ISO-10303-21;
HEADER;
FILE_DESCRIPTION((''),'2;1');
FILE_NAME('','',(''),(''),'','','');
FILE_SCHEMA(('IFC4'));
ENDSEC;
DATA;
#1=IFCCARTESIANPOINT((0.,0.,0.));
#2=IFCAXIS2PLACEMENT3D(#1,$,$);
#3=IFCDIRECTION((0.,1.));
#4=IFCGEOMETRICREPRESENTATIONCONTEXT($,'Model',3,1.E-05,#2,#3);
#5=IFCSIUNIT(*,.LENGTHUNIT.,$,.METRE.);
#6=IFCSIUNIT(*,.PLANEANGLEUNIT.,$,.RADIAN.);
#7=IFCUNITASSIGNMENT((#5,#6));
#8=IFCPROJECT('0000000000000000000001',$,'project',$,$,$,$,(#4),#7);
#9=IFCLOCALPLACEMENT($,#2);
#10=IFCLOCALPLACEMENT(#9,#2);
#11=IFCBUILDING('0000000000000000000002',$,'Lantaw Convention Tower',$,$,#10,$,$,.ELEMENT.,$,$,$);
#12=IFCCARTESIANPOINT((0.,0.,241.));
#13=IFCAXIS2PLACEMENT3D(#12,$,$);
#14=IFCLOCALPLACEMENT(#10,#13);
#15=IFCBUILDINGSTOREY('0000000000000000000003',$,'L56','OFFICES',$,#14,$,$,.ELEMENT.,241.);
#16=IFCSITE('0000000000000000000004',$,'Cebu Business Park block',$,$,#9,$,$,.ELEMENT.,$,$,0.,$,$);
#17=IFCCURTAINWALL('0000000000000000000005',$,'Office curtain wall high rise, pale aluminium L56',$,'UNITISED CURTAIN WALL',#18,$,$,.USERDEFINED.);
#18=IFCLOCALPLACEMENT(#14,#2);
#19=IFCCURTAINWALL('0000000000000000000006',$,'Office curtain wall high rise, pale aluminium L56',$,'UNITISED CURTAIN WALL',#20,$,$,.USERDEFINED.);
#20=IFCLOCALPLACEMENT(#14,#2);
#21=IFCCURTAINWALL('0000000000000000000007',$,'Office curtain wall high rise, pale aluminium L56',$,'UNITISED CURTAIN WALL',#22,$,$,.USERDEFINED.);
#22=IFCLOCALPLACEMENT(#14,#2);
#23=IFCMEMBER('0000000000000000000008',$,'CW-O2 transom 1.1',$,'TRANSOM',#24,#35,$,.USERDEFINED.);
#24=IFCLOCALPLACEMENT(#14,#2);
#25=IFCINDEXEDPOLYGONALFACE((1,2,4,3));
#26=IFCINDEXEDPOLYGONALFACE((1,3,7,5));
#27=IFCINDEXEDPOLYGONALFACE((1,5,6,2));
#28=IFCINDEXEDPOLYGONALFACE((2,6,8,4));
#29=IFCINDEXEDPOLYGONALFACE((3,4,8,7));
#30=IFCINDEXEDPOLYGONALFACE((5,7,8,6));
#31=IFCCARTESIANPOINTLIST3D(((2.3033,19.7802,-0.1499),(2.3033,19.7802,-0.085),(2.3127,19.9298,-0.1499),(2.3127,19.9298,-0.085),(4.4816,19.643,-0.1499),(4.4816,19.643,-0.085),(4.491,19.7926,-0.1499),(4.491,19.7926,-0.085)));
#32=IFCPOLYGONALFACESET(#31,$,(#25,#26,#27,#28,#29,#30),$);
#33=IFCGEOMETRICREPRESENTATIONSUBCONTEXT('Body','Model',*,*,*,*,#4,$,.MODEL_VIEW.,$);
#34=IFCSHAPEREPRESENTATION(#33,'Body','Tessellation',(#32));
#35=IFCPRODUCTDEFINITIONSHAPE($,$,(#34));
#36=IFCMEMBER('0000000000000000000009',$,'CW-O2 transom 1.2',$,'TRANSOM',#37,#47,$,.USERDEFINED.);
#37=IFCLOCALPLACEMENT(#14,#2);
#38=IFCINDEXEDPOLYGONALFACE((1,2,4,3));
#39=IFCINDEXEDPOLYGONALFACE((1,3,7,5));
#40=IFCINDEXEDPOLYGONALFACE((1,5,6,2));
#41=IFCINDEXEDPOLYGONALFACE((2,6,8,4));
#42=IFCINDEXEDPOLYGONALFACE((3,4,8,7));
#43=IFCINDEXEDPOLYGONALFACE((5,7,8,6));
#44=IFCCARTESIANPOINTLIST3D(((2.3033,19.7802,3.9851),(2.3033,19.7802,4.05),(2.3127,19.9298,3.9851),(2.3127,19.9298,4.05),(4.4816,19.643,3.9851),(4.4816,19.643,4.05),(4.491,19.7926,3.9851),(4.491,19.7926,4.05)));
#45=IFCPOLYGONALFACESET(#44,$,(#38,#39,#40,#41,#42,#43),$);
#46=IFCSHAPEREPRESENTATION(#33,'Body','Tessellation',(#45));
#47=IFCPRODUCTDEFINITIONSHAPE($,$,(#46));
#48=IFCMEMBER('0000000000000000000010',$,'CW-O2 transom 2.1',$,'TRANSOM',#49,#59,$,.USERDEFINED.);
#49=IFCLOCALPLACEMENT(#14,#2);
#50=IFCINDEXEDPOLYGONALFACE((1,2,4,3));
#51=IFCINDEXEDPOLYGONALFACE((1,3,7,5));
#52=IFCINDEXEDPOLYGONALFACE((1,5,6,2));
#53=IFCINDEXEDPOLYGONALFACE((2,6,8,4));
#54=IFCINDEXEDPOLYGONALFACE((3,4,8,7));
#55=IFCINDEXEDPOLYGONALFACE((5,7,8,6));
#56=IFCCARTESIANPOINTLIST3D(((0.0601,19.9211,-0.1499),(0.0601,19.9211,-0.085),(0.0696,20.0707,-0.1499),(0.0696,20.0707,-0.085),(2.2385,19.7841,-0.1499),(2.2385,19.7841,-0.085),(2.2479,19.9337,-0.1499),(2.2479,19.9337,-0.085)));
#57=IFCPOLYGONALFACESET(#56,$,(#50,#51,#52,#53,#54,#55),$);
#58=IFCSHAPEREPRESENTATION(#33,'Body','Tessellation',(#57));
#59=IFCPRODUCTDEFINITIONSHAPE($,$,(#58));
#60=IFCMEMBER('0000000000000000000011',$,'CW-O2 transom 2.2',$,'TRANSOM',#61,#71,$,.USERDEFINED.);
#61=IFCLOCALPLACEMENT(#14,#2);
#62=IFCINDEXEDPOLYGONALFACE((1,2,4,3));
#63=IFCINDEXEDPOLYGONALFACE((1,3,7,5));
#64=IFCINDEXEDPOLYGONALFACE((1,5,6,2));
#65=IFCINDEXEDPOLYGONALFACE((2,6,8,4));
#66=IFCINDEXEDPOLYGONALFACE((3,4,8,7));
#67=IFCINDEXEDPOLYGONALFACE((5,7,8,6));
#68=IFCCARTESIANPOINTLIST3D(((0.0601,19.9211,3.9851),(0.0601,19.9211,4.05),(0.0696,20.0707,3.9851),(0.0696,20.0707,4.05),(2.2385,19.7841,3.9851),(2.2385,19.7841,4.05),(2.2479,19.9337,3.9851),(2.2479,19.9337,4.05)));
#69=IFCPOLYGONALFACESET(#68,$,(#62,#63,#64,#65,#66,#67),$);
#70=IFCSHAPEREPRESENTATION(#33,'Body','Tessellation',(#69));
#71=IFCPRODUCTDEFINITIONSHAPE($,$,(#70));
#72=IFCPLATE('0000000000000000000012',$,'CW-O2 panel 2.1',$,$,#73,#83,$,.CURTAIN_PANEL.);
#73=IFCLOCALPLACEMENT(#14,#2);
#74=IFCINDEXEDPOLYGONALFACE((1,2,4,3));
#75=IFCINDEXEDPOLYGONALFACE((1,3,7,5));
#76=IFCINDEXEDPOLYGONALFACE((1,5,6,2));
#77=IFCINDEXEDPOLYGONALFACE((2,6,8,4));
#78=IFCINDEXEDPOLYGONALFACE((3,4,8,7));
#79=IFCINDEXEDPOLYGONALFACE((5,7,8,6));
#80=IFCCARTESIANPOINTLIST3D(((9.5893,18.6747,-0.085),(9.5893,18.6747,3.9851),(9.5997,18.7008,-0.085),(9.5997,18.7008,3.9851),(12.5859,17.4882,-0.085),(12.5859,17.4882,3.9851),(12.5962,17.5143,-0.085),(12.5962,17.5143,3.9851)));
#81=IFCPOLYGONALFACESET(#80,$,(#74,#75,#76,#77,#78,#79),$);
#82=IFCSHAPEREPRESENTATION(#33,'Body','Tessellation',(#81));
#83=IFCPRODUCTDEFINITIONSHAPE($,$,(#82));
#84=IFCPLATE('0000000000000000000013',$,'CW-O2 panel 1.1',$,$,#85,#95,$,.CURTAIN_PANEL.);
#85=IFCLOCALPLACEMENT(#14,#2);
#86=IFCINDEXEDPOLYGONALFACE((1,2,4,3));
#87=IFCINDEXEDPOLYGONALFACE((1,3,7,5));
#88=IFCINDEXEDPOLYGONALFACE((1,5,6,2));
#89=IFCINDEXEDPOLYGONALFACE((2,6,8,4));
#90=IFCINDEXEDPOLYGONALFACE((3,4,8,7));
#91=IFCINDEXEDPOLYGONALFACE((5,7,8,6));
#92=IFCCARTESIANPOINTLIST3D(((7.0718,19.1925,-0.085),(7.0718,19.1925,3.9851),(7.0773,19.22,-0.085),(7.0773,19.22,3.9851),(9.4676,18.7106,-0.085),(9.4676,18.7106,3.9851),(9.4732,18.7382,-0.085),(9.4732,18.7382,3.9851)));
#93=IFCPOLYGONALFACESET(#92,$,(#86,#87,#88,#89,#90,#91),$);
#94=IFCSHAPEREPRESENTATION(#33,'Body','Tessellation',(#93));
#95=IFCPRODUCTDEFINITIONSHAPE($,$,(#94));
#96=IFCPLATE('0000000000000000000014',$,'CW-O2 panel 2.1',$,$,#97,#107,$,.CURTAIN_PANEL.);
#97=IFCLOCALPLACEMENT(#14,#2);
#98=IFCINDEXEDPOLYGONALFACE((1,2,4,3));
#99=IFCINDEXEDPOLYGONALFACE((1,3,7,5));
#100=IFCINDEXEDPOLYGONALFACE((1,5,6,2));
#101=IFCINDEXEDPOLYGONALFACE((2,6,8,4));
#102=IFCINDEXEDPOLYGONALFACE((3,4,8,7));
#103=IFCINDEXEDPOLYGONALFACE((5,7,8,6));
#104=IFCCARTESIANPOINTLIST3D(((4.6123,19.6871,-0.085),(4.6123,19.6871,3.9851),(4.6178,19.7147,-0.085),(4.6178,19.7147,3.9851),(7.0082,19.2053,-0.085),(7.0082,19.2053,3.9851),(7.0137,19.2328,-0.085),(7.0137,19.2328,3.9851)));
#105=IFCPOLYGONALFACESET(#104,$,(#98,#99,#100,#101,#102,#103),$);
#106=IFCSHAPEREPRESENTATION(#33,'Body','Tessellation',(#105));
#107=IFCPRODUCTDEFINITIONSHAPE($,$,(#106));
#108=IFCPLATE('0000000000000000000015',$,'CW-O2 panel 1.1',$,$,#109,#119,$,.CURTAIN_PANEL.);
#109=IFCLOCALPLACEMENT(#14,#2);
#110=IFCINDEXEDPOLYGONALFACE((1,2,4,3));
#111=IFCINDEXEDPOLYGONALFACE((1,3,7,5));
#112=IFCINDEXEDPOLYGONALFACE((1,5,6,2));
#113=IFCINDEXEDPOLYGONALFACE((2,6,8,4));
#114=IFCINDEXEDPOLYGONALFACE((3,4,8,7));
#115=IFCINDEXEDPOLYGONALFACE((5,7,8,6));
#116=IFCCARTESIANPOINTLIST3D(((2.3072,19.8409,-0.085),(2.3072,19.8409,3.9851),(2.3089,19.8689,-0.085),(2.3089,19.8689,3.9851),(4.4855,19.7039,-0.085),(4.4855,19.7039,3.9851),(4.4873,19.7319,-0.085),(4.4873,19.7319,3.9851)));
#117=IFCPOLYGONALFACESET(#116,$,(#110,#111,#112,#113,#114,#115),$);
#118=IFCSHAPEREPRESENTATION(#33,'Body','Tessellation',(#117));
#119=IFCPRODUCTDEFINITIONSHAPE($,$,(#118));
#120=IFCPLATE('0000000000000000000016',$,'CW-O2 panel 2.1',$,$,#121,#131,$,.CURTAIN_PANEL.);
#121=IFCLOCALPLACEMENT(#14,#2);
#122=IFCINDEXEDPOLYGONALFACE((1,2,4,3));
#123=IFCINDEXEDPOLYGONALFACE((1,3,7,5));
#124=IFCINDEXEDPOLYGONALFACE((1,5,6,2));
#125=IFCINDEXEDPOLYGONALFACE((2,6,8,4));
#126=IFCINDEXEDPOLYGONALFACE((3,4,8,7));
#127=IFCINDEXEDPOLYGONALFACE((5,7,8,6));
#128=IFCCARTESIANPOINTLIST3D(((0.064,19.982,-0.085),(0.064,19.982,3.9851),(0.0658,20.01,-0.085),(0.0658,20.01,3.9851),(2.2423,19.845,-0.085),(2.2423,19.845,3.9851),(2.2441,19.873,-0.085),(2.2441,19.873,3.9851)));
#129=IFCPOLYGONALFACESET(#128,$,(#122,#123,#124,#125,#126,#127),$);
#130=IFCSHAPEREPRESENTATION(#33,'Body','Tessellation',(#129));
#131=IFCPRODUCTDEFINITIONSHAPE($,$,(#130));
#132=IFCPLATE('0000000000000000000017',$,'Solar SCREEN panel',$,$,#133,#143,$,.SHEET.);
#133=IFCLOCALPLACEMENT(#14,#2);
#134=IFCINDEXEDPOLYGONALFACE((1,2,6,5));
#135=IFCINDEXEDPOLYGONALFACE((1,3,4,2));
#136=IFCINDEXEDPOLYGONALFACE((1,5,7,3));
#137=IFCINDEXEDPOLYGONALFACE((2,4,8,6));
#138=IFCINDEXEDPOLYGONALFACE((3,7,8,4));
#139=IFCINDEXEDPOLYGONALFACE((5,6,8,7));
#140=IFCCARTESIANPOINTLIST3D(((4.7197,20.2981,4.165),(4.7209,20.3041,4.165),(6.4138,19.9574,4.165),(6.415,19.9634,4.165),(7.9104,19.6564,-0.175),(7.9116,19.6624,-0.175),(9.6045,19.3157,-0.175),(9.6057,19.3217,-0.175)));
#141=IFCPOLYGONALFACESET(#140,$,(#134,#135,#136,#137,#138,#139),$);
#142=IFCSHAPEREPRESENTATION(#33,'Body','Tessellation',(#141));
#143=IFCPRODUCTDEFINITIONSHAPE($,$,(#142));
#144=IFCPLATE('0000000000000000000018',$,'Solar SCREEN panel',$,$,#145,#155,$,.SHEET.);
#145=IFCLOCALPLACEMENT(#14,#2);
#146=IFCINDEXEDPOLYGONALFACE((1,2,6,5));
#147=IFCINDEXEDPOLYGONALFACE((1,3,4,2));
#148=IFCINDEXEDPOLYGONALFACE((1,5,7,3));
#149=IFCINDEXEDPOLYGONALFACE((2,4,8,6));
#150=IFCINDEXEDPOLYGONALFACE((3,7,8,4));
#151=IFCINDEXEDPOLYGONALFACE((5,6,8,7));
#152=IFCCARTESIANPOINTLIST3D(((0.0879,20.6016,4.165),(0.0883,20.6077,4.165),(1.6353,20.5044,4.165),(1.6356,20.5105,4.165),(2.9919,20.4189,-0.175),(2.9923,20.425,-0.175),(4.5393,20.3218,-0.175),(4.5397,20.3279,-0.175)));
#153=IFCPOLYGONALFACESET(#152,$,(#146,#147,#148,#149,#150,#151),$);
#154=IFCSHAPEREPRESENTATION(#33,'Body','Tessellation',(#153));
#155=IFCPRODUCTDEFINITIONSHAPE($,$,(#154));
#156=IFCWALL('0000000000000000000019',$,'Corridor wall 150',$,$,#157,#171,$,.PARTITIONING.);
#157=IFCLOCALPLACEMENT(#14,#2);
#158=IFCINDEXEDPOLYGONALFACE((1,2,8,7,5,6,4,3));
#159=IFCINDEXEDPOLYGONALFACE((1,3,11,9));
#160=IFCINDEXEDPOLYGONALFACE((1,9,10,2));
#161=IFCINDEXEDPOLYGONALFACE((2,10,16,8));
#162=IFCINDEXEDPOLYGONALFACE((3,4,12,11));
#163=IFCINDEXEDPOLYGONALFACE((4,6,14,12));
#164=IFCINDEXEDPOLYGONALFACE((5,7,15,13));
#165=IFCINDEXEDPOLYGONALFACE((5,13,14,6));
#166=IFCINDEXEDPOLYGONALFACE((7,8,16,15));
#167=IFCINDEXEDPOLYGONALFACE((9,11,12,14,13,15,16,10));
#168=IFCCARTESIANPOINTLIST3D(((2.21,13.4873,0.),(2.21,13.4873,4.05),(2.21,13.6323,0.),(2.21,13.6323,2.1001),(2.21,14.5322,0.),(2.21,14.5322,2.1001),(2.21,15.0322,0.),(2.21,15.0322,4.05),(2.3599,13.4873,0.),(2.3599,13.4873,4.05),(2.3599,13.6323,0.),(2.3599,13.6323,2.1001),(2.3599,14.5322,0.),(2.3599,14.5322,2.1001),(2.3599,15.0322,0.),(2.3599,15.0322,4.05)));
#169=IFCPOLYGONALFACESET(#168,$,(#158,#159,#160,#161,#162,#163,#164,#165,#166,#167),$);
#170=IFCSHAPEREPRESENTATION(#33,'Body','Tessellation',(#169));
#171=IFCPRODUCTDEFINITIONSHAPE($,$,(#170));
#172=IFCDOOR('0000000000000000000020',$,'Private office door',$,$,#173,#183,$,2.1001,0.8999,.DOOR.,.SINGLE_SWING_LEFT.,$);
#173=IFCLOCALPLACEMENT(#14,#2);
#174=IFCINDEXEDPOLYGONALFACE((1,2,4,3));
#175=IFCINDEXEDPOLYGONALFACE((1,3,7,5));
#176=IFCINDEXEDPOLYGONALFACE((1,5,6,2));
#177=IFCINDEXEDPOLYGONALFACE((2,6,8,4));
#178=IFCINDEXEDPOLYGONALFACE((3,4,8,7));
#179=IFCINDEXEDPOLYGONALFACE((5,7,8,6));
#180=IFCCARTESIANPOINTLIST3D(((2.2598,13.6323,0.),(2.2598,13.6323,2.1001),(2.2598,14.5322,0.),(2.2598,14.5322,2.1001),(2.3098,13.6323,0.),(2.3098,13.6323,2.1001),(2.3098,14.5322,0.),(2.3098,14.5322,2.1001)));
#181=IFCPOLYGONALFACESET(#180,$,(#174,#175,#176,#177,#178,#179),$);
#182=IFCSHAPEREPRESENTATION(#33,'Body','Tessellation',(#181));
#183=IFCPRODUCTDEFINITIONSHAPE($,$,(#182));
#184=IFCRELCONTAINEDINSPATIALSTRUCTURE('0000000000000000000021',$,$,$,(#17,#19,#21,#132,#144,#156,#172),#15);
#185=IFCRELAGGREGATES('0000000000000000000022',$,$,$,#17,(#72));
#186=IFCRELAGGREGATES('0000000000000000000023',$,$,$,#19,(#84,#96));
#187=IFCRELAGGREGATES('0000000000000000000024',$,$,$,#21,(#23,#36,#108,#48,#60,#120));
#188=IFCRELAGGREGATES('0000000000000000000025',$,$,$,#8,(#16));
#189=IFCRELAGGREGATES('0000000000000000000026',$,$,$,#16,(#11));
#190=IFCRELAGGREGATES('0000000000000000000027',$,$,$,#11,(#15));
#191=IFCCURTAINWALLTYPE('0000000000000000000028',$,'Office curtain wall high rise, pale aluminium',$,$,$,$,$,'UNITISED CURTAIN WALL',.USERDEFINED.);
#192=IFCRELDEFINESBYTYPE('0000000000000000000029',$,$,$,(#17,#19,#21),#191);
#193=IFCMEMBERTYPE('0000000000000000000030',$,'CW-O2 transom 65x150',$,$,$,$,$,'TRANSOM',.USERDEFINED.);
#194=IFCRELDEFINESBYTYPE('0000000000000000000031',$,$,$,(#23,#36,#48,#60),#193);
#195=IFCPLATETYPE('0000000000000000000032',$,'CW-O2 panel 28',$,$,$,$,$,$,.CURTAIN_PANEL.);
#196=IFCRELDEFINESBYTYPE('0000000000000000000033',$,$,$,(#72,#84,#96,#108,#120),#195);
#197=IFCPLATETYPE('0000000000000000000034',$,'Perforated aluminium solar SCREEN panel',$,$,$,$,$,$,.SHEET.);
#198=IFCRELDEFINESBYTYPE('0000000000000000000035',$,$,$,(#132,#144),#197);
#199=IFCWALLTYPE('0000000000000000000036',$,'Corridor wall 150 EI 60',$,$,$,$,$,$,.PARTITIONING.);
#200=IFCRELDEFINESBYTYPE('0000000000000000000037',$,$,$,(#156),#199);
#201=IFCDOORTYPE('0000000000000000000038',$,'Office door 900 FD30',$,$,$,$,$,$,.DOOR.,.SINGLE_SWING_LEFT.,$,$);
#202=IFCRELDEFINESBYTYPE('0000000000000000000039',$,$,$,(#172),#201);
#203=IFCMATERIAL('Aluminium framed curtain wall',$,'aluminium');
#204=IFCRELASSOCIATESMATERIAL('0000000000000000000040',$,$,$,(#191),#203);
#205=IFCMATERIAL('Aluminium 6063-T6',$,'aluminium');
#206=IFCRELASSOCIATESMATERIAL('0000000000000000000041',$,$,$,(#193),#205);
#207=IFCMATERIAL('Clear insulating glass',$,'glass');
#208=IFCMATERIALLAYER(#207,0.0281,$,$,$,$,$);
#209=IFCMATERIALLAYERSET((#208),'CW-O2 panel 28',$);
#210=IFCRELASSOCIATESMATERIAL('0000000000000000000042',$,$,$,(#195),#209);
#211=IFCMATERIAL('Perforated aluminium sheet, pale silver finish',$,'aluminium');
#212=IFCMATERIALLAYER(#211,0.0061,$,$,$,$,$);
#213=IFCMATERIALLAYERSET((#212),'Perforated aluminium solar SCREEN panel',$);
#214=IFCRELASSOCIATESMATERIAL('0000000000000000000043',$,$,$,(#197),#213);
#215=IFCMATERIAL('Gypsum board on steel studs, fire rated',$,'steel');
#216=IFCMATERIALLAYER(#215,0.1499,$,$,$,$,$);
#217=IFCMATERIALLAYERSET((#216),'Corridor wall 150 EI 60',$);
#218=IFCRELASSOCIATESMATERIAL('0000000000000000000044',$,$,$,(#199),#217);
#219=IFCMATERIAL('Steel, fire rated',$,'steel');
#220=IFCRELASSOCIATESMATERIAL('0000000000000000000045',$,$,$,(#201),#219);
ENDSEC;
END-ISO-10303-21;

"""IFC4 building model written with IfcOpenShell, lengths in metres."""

from ifc_helpers import new_model, si_unit, direction, frame, frame_2d, origin, origin_2d, place, context, subcontext, project, spatial, polyline, rectangle, outline, extrude, material, layer, layer_set, material_profile, profile_set, type_object, element, fill, aggregate, save


model = new_model("IFC4")

# Units and contexts
model_context = context("Model", 3, precision=1e-05, world=origin(), true_north=direction((0.0, 1.0)))
body_context = subcontext(model_context, "Body", "Model", "MODEL_VIEW")
ifc_project = project(units=[si_unit("LENGTHUNIT", "METRE"), si_unit("PLANEANGLEUNIT", "RADIAN")], contexts=[model_context])

# Site, building, storey
site_placement = place(None, origin())
site = spatial("IfcSite", under=ifc_project, at=site_placement, Name="Cebu Business Park block", CompositionType="ELEMENT", RefElevation=0.0)
building_placement = place(site_placement, origin())
building = spatial("IfcBuilding", under=site, at=building_placement, Name="Lantaw Convention Tower", CompositionType="ELEMENT")
storey_placement = place(building_placement, frame((0.0, 0.0, 241.0)))
storey = spatial("IfcBuildingStorey", under=building, at=storey_placement, Name="L56", Description="OFFICES", CompositionType="ELEMENT", Elevation=241.0)

# Curtain walls
ifc_material_1 = material(Name="Aluminium framed curtain wall", Category="aluminium")
curtain_wall_type = type_object("IfcCurtainWallType", Name="Office curtain wall high rise, pale aluminium", ElementType="UNITISED CURTAIN WALL", PredefinedType="USERDEFINED", material=ifc_material_1)
curtain_wall_1_placement = place(storey_placement, origin())
curtain_wall_1 = element("IfcCurtainWall", 1, at=curtain_wall_1_placement, inside=storey, type_object=curtain_wall_type, Name="Office curtain wall high rise, pale aluminium L56", ObjectType="UNITISED CURTAIN WALL", PredefinedType="USERDEFINED")
ifc_material_2 = material(Name="Aluminium 6063-T6", Category="aluminium")
curtain_wall_2_placement = place(storey_placement, origin())
curtain_wall_2 = element("IfcCurtainWall", 2, at=curtain_wall_2_placement, inside=storey, type_object=curtain_wall_type, Name="Office curtain wall high rise, pale aluminium L56", ObjectType="UNITISED CURTAIN WALL", PredefinedType="USERDEFINED")
curtain_wall_3_placement = place(storey_placement, origin())
curtain_wall_3 = element("IfcCurtainWall", 3, at=curtain_wall_3_placement, inside=storey, type_object=curtain_wall_type, Name="Office curtain wall high rise, pale aluminium L56", ObjectType="UNITISED CURTAIN WALL", PredefinedType="USERDEFINED")

# Members
ifc_material_profile_1 = material_profile(ifc_material_2, rectangle(XDim=0.1499, YDim=0.0649, at=origin_2d()), Name="CW-O2 transom 65x150")
ifc_profile_set_1 = profile_set([ifc_material_profile_1], Name="Aluminium 6063-T6")
member_type_1 = type_object("IfcMemberType", Name="CW-O2 transom 65x150", ElementType="TRANSOM", PredefinedType="USERDEFINED", material=ifc_profile_set_1)
member_1_placement = place(storey_placement, frame((4.4863, 19.7178, -0.1174), z_axis=(-0.998022, 0.062866, 0.0), x_axis=(-0.062866, -0.998022, 0.0)))
member_1 = element("IfcMember", 4, at=member_1_placement, type_object=member_type_1, Name="CW-O2 transom 1.1", ObjectType="TRANSOM", PredefinedType="USERDEFINED", context=body_context, shape_type="SweptSolid", body=[
    extrude(rectangle(XDim=0.1499, YDim=0.0649, at=origin_2d()), origin(), (0.0, 0.0, 1.0), 2.1826),
])
member_2_placement = place(storey_placement, frame((4.4863, 19.7178, 4.0176), z_axis=(-0.998022, 0.062866, 0.0), x_axis=(-0.062866, -0.998022, 0.0)))
member_2 = element("IfcMember", 5, at=member_2_placement, type_object=member_type_1, Name="CW-O2 transom 1.2", ObjectType="TRANSOM", PredefinedType="USERDEFINED", context=body_context, shape_type="SweptSolid", body=[
    extrude(rectangle(XDim=0.1499, YDim=0.0649, at=origin_2d()), origin(), (0.0, 0.0, 1.0), 2.1826),
])
member_3_placement = place(storey_placement, frame((2.2432, 19.8589, -0.1174), z_axis=(-0.998029, 0.062754, 0.0), x_axis=(-0.062754, -0.998029, 0.0)))
member_3 = element("IfcMember", 6, at=member_3_placement, type_object=member_type_1, Name="CW-O2 transom 2.1", ObjectType="TRANSOM", PredefinedType="USERDEFINED", context=body_context, shape_type="SweptSolid", body=[
    extrude(rectangle(XDim=0.1499, YDim=0.0649, at=origin_2d()), origin(), (0.0, 0.0, 1.0), 2.1826),
])
member_4_placement = place(storey_placement, frame((2.2432, 19.8589, 4.0176), z_axis=(-0.998029, 0.062754, 0.0), x_axis=(-0.062754, -0.998029, 0.0)))
member_4 = element("IfcMember", 7, at=member_4_placement, type_object=member_type_1, Name="CW-O2 transom 2.2", ObjectType="TRANSOM", PredefinedType="USERDEFINED", context=body_context, shape_type="SweptSolid", body=[
    extrude(rectangle(XDim=0.1499, YDim=0.0649, at=origin_2d()), origin(), (0.0, 0.0, 1.0), 2.1826),
])

# Plates
ifc_material_3 = material(Name="Clear insulating glass", Category="glass")
ifc_layer_1 = layer(ifc_material_3, 0.0281)
ifc_layer_set_1 = layer_set([ifc_layer_1], Name="CW-O2 panel 28")
plate_type_1 = type_object("IfcPlateType", Name="CW-O2 panel 28", PredefinedType="CURTAIN_PANEL", material=ifc_layer_set_1)
plate_1_placement = place(storey_placement, frame((11.0928, 18.0945, -0.085), z_axis=(0.0, 0.0, 1.0), x_axis=(-0.929762, 0.368162, 0.0)))
plate_1 = element("IfcPlate", 8, at=plate_1_placement, type_object=plate_type_1, Name="CW-O2 panel 2.1", PredefinedType="CURTAIN_PANEL", context=body_context, shape_type="SweptSolid", body=[
    extrude(rectangle(XDim=3.2229, YDim=0.0281, at=origin_2d()), origin(), (0.0, 0.0, 1.0), 4.0701),
])
aggregate(curtain_wall_1, [plate_1])
plate_2_placement = place(storey_placement, frame((8.2725, 18.9653, -0.085), z_axis=(0.0, 0.0, 1.0), x_axis=(-0.980367, 0.197183, 0.0)))
plate_2 = element("IfcPlate", 9, at=plate_2_placement, type_object=plate_type_1, Name="CW-O2 panel 1.1", PredefinedType="CURTAIN_PANEL", context=body_context, shape_type="SweptSolid", body=[
    extrude(rectangle(XDim=2.4438, YDim=0.0281, at=origin_2d()), origin(), (0.0, 0.0, 1.0), 4.0701),
])
plate_3_placement = place(storey_placement, frame((5.813, 19.46, -0.085), z_axis=(0.0, 0.0, 1.0), x_axis=(-0.980367, 0.197183, 0.0)))
plate_3 = element("IfcPlate", 10, at=plate_3_placement, type_object=plate_type_1, Name="CW-O2 panel 2.1", PredefinedType="CURTAIN_PANEL", context=body_context, shape_type="SweptSolid", body=[
    extrude(rectangle(XDim=2.4438, YDim=0.0281, at=origin_2d()), origin(), (0.0, 0.0, 1.0), 4.0701),
])
aggregate(curtain_wall_2, [plate_2, plate_3])
plate_4_placement = place(storey_placement, frame((3.3972, 19.7864, -0.085), z_axis=(0.0, 0.0, 1.0), x_axis=(-0.998029, 0.062758, 0.0)))
plate_4 = element("IfcPlate", 11, at=plate_4_placement, type_object=plate_type_1, Name="CW-O2 panel 1.1", PredefinedType="CURTAIN_PANEL", context=body_context, shape_type="SweptSolid", body=[
    extrude(rectangle(XDim=2.1826, YDim=0.0281, at=origin_2d()), origin(), (0.0, 0.0, 1.0), 4.0701),
])
plate_5_placement = place(storey_placement, frame((1.1541, 19.9275, -0.085), z_axis=(0.0, 0.0, 1.0), x_axis=(-0.998029, 0.062758, 0.0)))
plate_5 = element("IfcPlate", 12, at=plate_5_placement, type_object=plate_type_1, Name="CW-O2 panel 2.1", PredefinedType="CURTAIN_PANEL", context=body_context, shape_type="SweptSolid", body=[
    extrude(rectangle(XDim=2.1826, YDim=0.0281, at=origin_2d()), origin(), (0.0, 0.0, 1.0), 4.0701),
])
aggregate(curtain_wall_3, [member_1, member_2, plate_4, member_3, member_4, plate_5])

# Plates
ifc_material_4 = material(Name="Perforated aluminium sheet, pale silver finish", Category="aluminium")
ifc_layer_2 = layer(ifc_material_4, 0.0061)
ifc_layer_set_2 = layer_set([ifc_layer_2], Name="Perforated aluminium solar SCREEN panel")
plate_type_2 = type_object("IfcPlateType", Name="Perforated aluminium solar SCREEN panel", PredefinedType="SHEET", material=ifc_layer_set_2)
plate_6_placement = place(storey_placement, frame((9.6045, 19.3157, -0.175), z_axis=(-0.197162, -0.980371, 0.000011), x_axis=(-0.980371, 0.197162, 0.0)))
element("IfcPlate", 13, at=plate_6_placement, inside=storey, type_object=plate_type_2, Name="Solar SCREEN panel", PredefinedType="SHEET", context=body_context, shape_type="SweptSolid", body=[
    extrude(outline(polyline([(0.0, 0.0), (1.728, 0.0), (4.9826, -4.3401), (3.2545, -4.3401), (0.0, 0.0)])), origin(), (0.0, 0.0, -1.0), 0.0061),
])
plate_7_placement = place(storey_placement, frame((4.5393, 20.3218, -0.175), z_axis=(-0.062672, -0.998034, 0.000059), x_axis=(-0.998034, 0.062672, 0.0)))
element("IfcPlate", 14, at=plate_7_placement, inside=storey, type_object=plate_type_2, Name="Solar SCREEN panel", PredefinedType="SHEET", context=body_context, shape_type="SweptSolid", body=[
    extrude(outline(polyline([(0.0, 0.0), (1.5504, 0.0), (4.4602, -4.3401), (2.9098, -4.3401), (0.0, 0.0)])), origin(), (0.0, 0.0, -1.0), 0.0061),
])

# Wall, opening, door
ifc_material_5 = material(Name="Gypsum board on steel studs, fire rated", Category="steel")
ifc_layer_3 = layer(ifc_material_5, 0.1499)
ifc_layer_set_3 = layer_set([ifc_layer_3], Name="Corridor wall 150 EI 60")
wall_type_1 = type_object("IfcWallType", Name="Corridor wall 150 EI 60", PredefinedType="PARTITIONING", material=ifc_layer_set_3)
wall_1_placement = place(storey_placement, frame((2.2849, 15.0322, 0.0), z_axis=(0.0, 0.0, 1.0), x_axis=(0.0, -1.0, 0.0)))
wall_1 = element("IfcWall", 15, at=wall_1_placement, inside=storey, type_object=wall_type_1, Name="Corridor wall 150", PredefinedType="PARTITIONING", context=body_context, shape_type="SweptSolid", body=[
    extrude(rectangle(XDim=1.5449, YDim=0.1499, at=frame_2d((0.7725, 0.0))), origin(), (0.0, 0.0, 1.0), 4.05),
])
opening_placement = place(wall_1_placement, frame((0.5, 0.0, 0.0)))
opening = element("IfcOpeningElement", 16, at=opening_placement, cuts=wall_1, PredefinedType="OPENING", context=body_context, shape_type="SweptSolid", body=[
    extrude(rectangle(XDim=0.8999, YDim=2.1001, at=frame_2d((0.45, 1.05))), frame((0.0, 0.085, 0.0), z_axis=(0.0, -1.0, 0.0), x_axis=(1.0, 0.0, 0.0)), (0.0, 0.0, 1.0), 0.1699),
])
ifc_material_6 = material(Name="Steel, fire rated", Category="steel")
door_type = type_object("IfcDoorType", Name="Office door 900 FD30", OperationType="SINGLE_SWING_LEFT", PredefinedType="DOOR", material=ifc_material_6)
door_placement = place(opening_placement, origin())
door = element("IfcDoor", 17, at=door_placement, inside=storey, type_object=door_type, Name="Private office door", OperationType="SINGLE_SWING_LEFT", OverallHeight=2.1001, OverallWidth=0.8999, PredefinedType="DOOR", context=body_context, shape_type="SweptSolid", body=[
    extrude(rectangle(XDim=0.8999, YDim=2.1001, at=frame_2d((0.45, 1.05))), frame((0.0, 0.0249, 0.0), z_axis=(0.0, -1.0, 0.0), x_axis=(1.0, 0.0, 0.0)), (0.0, 0.0, 1.0), 0.05),
])
fill(opening, door)

save(model, "model.ifc")
